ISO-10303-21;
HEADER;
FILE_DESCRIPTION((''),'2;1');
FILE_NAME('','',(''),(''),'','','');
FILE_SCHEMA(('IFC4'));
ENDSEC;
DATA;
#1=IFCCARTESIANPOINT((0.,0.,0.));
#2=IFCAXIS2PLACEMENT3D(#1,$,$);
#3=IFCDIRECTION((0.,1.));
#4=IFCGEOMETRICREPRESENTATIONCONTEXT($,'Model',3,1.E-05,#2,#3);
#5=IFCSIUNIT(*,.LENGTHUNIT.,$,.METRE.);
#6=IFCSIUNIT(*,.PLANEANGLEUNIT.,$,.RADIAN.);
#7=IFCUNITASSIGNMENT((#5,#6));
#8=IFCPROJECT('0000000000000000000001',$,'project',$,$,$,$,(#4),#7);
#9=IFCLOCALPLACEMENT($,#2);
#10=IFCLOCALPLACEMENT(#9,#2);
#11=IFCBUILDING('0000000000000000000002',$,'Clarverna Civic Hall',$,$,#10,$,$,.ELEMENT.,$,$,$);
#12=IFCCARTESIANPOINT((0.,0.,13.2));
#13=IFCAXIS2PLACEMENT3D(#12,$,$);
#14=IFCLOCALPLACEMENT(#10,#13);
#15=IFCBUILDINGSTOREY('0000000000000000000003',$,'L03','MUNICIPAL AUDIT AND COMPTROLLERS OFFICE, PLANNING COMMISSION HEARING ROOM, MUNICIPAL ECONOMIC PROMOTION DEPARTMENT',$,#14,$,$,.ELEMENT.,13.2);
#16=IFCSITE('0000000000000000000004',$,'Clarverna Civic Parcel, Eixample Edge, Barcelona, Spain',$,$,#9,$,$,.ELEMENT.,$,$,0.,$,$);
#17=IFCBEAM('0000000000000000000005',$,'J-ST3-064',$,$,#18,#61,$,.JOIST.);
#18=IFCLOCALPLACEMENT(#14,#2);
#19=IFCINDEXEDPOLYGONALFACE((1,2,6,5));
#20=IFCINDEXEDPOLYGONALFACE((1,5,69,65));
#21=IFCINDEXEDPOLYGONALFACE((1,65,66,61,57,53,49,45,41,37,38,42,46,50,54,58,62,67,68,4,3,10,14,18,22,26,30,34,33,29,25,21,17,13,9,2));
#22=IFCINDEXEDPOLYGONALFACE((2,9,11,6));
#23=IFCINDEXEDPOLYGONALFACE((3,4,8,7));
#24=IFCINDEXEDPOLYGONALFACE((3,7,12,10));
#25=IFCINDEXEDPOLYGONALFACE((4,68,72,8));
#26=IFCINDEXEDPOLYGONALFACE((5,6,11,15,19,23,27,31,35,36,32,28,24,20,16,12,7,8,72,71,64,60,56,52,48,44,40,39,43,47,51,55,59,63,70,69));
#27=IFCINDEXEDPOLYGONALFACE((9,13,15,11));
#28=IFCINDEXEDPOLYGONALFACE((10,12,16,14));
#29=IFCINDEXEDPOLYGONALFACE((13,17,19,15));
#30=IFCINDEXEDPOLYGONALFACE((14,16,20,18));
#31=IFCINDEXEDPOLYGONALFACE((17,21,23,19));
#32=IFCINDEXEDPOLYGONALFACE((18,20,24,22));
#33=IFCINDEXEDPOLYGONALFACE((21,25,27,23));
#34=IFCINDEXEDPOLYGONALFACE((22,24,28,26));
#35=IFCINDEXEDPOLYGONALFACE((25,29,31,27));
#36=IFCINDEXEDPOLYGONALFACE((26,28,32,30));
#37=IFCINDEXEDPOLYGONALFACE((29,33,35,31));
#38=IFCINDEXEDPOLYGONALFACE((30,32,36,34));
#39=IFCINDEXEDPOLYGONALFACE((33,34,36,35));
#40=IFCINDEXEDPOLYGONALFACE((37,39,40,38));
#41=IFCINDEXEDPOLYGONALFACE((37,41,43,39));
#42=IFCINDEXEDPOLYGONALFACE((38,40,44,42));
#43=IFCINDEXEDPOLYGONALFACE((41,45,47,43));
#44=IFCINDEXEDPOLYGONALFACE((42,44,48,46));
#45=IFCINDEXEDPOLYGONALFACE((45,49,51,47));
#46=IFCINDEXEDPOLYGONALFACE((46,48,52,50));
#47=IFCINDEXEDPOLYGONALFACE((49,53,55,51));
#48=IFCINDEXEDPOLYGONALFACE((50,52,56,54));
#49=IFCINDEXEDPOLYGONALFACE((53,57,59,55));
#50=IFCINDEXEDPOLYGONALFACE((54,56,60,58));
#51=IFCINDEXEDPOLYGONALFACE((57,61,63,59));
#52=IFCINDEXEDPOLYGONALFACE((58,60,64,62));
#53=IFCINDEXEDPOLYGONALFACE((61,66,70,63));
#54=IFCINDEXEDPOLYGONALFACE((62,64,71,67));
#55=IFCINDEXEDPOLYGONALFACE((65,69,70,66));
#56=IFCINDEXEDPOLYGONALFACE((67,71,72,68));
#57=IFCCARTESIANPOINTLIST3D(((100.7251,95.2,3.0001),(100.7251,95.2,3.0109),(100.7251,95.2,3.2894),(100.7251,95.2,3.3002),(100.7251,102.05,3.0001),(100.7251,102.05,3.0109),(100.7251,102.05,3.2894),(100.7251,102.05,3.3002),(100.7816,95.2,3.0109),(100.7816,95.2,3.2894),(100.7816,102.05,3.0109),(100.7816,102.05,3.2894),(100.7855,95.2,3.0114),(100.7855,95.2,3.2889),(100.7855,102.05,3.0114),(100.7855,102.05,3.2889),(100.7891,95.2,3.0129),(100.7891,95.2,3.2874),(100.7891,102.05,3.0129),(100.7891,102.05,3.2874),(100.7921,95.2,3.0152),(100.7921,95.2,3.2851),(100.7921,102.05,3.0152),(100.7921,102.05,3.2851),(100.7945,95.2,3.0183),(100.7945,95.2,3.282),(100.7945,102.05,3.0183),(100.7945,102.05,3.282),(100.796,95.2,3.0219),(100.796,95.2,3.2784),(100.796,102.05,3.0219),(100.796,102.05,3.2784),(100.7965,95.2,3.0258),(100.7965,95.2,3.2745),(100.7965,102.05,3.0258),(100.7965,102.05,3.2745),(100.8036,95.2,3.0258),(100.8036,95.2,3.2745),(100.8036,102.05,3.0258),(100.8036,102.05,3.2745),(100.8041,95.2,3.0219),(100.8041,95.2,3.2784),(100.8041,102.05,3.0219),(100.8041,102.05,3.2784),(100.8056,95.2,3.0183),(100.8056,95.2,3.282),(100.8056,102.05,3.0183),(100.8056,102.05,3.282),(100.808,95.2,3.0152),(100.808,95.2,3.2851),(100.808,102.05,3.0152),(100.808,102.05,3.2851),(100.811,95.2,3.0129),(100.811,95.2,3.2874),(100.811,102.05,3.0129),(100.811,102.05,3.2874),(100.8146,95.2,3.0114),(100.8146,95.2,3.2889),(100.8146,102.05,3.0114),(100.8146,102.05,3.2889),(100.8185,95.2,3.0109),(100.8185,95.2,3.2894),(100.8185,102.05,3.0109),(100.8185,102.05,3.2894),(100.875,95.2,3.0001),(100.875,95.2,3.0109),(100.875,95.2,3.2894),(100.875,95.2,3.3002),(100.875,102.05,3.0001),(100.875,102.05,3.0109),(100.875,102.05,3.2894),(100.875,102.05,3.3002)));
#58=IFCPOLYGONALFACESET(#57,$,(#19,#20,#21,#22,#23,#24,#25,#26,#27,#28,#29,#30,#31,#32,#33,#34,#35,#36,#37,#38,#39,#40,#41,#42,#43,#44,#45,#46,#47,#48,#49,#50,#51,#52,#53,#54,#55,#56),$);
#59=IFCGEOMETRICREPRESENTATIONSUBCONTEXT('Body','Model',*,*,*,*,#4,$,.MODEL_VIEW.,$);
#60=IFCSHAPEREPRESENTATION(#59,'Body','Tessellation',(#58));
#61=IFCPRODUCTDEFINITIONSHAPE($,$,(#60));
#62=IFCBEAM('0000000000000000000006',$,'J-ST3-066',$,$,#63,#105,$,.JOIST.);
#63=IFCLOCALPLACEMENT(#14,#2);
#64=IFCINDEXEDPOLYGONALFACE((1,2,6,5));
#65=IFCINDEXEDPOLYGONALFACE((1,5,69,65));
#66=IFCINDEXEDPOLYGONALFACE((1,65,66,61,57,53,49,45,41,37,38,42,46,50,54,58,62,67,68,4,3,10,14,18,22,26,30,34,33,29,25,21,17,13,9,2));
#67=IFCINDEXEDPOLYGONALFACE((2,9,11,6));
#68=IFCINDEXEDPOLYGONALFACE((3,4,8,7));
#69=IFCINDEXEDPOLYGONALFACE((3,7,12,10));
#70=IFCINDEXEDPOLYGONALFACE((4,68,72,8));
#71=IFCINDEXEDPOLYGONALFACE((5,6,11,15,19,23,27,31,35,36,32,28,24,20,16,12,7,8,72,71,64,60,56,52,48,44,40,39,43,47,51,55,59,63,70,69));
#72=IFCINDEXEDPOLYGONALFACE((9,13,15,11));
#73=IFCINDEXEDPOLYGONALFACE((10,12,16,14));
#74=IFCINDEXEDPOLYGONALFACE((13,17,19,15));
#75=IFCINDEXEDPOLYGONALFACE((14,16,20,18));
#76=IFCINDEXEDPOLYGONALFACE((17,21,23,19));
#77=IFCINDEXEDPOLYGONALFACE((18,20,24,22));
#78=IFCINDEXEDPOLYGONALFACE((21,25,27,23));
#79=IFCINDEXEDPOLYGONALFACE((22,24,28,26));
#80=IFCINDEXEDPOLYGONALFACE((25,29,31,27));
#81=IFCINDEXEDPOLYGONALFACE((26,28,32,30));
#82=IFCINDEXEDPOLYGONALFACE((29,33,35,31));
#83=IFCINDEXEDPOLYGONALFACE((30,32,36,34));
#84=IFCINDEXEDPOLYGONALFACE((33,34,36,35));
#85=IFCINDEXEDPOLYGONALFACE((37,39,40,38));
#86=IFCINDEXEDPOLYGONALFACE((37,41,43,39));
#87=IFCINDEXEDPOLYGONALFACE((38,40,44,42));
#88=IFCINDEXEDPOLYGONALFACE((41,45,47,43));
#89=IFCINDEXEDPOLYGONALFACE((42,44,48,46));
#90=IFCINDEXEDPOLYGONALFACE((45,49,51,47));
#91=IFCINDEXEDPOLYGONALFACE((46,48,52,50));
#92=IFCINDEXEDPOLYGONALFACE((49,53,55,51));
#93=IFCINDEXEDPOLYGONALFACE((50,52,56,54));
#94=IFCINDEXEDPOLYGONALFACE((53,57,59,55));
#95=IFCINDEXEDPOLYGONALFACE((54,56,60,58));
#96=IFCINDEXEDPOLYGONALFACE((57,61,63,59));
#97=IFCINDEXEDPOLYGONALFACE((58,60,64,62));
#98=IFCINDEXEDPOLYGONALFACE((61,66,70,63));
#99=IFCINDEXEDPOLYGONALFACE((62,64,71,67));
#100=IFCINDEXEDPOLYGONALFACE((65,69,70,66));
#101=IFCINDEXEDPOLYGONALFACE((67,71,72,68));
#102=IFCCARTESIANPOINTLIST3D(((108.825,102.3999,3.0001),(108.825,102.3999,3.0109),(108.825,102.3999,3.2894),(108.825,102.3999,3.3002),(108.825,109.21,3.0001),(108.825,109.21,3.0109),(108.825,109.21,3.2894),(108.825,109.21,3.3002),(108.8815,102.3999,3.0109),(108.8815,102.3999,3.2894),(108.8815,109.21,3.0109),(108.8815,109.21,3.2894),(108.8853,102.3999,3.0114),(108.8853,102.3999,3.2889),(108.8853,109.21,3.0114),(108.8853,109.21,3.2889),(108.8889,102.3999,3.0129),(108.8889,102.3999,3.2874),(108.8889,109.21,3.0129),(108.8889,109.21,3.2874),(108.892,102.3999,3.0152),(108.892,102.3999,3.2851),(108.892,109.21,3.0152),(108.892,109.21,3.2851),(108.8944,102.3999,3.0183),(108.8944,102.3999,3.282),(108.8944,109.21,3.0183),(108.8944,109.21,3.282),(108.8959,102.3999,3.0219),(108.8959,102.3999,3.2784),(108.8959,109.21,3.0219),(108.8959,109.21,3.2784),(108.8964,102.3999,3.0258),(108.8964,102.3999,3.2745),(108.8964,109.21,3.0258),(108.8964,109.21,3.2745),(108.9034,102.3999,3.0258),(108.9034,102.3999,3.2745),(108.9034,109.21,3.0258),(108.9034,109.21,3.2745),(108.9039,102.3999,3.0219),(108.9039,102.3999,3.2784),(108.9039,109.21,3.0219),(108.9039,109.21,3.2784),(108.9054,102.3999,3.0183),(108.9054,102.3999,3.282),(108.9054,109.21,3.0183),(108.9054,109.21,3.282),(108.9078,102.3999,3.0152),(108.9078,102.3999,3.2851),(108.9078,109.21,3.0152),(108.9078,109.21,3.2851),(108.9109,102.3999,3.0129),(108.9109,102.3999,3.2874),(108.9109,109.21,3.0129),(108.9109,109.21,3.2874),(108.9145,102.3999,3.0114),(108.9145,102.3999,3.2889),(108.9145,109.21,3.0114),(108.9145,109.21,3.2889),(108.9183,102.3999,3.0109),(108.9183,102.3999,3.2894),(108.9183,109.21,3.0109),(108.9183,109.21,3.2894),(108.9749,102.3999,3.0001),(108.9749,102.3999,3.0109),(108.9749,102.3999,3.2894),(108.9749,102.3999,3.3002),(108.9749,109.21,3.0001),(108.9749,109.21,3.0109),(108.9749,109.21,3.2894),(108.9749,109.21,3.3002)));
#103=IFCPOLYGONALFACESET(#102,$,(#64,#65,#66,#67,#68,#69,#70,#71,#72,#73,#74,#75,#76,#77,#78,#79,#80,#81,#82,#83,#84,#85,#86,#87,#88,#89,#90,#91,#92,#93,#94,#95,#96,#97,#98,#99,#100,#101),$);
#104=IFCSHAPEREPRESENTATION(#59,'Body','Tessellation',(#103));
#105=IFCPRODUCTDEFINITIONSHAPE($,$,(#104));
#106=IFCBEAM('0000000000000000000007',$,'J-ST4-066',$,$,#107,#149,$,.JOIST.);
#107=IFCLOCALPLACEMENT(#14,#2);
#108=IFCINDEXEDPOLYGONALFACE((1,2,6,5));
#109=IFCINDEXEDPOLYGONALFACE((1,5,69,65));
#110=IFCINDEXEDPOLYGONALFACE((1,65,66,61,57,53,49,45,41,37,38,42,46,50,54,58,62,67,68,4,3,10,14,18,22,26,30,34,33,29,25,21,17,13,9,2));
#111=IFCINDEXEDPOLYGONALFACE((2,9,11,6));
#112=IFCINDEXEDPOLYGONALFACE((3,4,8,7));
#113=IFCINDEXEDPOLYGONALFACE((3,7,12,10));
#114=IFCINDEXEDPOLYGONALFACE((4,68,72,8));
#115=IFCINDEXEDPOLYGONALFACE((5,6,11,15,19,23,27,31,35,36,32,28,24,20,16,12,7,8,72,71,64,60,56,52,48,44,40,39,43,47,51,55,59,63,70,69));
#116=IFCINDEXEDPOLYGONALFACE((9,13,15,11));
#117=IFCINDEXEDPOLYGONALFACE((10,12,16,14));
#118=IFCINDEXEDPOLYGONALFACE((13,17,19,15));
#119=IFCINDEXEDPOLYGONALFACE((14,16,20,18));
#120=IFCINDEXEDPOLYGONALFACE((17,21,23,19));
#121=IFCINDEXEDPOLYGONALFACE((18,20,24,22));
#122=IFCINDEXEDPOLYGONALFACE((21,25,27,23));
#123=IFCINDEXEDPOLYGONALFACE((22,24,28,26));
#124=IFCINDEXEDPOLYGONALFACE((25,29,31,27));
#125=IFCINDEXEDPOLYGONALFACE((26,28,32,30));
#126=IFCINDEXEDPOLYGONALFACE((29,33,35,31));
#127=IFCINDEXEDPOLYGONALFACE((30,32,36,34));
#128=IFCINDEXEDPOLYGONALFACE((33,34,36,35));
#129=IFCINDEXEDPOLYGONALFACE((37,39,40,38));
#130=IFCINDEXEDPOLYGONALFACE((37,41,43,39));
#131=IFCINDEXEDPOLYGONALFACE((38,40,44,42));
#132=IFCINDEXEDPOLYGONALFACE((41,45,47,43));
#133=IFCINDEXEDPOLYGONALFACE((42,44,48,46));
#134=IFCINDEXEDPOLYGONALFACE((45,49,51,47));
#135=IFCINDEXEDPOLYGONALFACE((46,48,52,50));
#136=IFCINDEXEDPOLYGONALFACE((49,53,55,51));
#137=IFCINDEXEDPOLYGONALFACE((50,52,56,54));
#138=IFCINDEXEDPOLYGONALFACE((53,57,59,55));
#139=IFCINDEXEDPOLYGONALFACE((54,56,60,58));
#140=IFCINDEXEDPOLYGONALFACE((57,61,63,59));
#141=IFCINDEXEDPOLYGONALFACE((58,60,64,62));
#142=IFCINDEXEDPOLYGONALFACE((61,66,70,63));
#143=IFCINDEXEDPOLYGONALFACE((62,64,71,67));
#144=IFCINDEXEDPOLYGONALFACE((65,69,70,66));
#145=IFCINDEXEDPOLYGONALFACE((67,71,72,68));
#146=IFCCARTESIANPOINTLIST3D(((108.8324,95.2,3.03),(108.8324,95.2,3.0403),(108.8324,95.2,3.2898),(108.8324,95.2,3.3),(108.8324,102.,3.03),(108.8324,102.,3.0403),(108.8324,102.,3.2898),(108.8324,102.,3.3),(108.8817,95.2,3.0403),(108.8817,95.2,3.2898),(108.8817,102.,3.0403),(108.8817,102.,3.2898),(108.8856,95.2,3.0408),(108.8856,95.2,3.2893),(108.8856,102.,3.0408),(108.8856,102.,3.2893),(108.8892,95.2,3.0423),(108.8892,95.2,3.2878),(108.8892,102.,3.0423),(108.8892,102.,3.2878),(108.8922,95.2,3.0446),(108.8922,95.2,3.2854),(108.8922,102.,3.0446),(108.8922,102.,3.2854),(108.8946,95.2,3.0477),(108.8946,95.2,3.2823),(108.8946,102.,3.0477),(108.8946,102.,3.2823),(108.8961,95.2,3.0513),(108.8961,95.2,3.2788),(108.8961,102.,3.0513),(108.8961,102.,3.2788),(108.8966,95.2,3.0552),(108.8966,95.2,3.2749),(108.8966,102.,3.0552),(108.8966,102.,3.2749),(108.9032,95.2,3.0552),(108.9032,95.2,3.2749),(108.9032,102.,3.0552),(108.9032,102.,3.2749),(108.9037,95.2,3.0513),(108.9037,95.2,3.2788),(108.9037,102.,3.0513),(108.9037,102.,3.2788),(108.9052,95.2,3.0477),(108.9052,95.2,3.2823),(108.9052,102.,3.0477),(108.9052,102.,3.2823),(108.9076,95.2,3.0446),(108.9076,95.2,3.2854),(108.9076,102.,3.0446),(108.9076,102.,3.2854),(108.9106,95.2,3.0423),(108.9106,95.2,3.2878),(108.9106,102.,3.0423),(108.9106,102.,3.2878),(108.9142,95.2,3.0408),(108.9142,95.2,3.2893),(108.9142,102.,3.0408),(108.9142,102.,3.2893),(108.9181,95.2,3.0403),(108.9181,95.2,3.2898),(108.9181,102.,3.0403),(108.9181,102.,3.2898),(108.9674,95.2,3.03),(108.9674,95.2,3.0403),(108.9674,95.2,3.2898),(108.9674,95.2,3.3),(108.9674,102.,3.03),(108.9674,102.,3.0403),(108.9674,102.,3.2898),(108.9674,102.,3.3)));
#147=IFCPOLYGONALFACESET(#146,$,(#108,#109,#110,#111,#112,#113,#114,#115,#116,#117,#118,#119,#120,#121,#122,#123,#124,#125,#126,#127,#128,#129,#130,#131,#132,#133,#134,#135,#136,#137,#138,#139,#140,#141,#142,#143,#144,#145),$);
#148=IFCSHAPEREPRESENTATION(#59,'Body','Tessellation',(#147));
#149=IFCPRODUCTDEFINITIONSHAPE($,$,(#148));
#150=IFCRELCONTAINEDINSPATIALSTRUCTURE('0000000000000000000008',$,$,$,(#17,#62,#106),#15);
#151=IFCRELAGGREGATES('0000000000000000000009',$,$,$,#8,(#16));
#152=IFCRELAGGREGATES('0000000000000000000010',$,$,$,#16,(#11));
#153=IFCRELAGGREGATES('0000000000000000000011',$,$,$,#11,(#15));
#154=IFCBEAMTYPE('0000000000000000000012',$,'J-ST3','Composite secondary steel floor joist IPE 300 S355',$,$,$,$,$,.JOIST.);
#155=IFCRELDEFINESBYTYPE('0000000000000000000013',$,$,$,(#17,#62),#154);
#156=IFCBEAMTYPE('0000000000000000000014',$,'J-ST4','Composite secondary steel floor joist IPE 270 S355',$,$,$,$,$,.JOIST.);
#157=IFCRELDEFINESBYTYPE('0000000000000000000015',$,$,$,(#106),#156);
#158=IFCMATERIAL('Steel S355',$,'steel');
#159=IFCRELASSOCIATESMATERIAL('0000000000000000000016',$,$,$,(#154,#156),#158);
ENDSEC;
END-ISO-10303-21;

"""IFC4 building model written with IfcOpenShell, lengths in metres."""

from ifc_helpers import new_model, si_unit, direction, frame, origin, origin_2d, place, context, subcontext, project, spatial, i_section, extrude, material, material_profile, profile_set, type_object, element, save


model = new_model("IFC4")

# Units and contexts
model_context = context("Model", 3, precision=1e-05, world=origin(), true_north=direction((0.0, 1.0)))
body_context = subcontext(model_context, "Body", "Model", "MODEL_VIEW")
ifc_project = project(units=[si_unit("LENGTHUNIT", "METRE"), si_unit("PLANEANGLEUNIT", "RADIAN")], contexts=[model_context])

# Site, building, storey
site_placement = place(None, origin())
site = spatial("IfcSite", under=ifc_project, at=site_placement, Name="Clarverna Civic Parcel, Eixample Edge, Barcelona, Spain", CompositionType="ELEMENT", RefElevation=0.0)
building_placement = place(site_placement, origin())
building = spatial("IfcBuilding", under=site, at=building_placement, Name="Clarverna Civic Hall", CompositionType="ELEMENT")
storey_placement = place(building_placement, frame((0.0, 0.0, 13.2)))
storey = spatial("IfcBuildingStorey", under=building, at=storey_placement, Name="L03", Description="MUNICIPAL AUDIT AND COMPTROLLERS OFFICE, PLANNING COMMISSION HEARING ROOM, MUNICIPAL ECONOMIC PROMOTION DEPARTMENT", CompositionType="ELEMENT", Elevation=13.2)

# Beams
ifc_material_1 = material(Name="Steel S355", Category="steel")
ifc_material_profile_1 = material_profile(ifc_material_1, i_section(OverallWidth=0.1499, OverallDepth=0.3, WebThickness=0.0071, FlangeThickness=0.0107, FilletRadius=0.0149, at=origin_2d()), Name="IPE 300")
ifc_profile_set_1 = profile_set([ifc_material_profile_1], Name="Steel S355")
beam_type_1 = type_object("IfcBeamType", Name="J-ST3", Description="Composite secondary steel floor joist IPE 300 S355", PredefinedType="JOIST", material=ifc_profile_set_1)
beam_1_placement = place(storey_placement, frame((100.8, 95.2, 3.1501), z_axis=(0.0, 1.0, 0.0), x_axis=(-1.0, 0.0, 0.0)))
element("IfcBeam", 1, at=beam_1_placement, inside=storey, type_object=beam_type_1, Name="J-ST3-064", PredefinedType="JOIST", context=body_context, shape_type="SweptSolid", body=[
    extrude(i_section(OverallWidth=0.1499, OverallDepth=0.3, WebThickness=0.0071, FlangeThickness=0.0107, FilletRadius=0.0149, at=origin_2d()), origin(), (0.0, 0.0, 1.0), 6.8501),
])
beam_2_placement = place(storey_placement, frame((108.8999, 102.3999, 3.1501), z_axis=(0.0, 1.0, 0.0), x_axis=(-1.0, 0.0, 0.0)))
element("IfcBeam", 2, at=beam_2_placement, inside=storey, type_object=beam_type_1, Name="J-ST3-066", PredefinedType="JOIST", context=body_context, shape_type="SweptSolid", body=[
    extrude(i_section(OverallWidth=0.1499, OverallDepth=0.3, WebThickness=0.0071, FlangeThickness=0.0107, FilletRadius=0.0149, at=origin_2d()), origin(), (0.0, 0.0, 1.0), 6.8101),
])
ifc_material_profile_2 = material_profile(ifc_material_1, i_section(OverallWidth=0.135, OverallDepth=0.27, WebThickness=0.0066, FlangeThickness=0.0103, FilletRadius=0.0149, at=origin_2d()), Name="IPE 270")
ifc_profile_set_2 = profile_set([ifc_material_profile_2], Name="Steel S355")
beam_type_2 = type_object("IfcBeamType", Name="J-ST4", Description="Composite secondary steel floor joist IPE 270 S355", PredefinedType="JOIST", material=ifc_profile_set_2)
beam_3_placement = place(storey_placement, frame((108.8999, 95.2, 3.165), z_axis=(0.0, 1.0, 0.0), x_axis=(-1.0, 0.0, 0.0)))
element("IfcBeam", 3, at=beam_3_placement, inside=storey, type_object=beam_type_2, Name="J-ST4-066", PredefinedType="JOIST", context=body_context, shape_type="SweptSolid", body=[
    extrude(i_section(OverallWidth=0.135, OverallDepth=0.27, WebThickness=0.0066, FlangeThickness=0.0103, FilletRadius=0.0149, at=origin_2d()), origin(), (0.0, 0.0, 1.0), 6.8),
])

save(model, "model.ifc")
